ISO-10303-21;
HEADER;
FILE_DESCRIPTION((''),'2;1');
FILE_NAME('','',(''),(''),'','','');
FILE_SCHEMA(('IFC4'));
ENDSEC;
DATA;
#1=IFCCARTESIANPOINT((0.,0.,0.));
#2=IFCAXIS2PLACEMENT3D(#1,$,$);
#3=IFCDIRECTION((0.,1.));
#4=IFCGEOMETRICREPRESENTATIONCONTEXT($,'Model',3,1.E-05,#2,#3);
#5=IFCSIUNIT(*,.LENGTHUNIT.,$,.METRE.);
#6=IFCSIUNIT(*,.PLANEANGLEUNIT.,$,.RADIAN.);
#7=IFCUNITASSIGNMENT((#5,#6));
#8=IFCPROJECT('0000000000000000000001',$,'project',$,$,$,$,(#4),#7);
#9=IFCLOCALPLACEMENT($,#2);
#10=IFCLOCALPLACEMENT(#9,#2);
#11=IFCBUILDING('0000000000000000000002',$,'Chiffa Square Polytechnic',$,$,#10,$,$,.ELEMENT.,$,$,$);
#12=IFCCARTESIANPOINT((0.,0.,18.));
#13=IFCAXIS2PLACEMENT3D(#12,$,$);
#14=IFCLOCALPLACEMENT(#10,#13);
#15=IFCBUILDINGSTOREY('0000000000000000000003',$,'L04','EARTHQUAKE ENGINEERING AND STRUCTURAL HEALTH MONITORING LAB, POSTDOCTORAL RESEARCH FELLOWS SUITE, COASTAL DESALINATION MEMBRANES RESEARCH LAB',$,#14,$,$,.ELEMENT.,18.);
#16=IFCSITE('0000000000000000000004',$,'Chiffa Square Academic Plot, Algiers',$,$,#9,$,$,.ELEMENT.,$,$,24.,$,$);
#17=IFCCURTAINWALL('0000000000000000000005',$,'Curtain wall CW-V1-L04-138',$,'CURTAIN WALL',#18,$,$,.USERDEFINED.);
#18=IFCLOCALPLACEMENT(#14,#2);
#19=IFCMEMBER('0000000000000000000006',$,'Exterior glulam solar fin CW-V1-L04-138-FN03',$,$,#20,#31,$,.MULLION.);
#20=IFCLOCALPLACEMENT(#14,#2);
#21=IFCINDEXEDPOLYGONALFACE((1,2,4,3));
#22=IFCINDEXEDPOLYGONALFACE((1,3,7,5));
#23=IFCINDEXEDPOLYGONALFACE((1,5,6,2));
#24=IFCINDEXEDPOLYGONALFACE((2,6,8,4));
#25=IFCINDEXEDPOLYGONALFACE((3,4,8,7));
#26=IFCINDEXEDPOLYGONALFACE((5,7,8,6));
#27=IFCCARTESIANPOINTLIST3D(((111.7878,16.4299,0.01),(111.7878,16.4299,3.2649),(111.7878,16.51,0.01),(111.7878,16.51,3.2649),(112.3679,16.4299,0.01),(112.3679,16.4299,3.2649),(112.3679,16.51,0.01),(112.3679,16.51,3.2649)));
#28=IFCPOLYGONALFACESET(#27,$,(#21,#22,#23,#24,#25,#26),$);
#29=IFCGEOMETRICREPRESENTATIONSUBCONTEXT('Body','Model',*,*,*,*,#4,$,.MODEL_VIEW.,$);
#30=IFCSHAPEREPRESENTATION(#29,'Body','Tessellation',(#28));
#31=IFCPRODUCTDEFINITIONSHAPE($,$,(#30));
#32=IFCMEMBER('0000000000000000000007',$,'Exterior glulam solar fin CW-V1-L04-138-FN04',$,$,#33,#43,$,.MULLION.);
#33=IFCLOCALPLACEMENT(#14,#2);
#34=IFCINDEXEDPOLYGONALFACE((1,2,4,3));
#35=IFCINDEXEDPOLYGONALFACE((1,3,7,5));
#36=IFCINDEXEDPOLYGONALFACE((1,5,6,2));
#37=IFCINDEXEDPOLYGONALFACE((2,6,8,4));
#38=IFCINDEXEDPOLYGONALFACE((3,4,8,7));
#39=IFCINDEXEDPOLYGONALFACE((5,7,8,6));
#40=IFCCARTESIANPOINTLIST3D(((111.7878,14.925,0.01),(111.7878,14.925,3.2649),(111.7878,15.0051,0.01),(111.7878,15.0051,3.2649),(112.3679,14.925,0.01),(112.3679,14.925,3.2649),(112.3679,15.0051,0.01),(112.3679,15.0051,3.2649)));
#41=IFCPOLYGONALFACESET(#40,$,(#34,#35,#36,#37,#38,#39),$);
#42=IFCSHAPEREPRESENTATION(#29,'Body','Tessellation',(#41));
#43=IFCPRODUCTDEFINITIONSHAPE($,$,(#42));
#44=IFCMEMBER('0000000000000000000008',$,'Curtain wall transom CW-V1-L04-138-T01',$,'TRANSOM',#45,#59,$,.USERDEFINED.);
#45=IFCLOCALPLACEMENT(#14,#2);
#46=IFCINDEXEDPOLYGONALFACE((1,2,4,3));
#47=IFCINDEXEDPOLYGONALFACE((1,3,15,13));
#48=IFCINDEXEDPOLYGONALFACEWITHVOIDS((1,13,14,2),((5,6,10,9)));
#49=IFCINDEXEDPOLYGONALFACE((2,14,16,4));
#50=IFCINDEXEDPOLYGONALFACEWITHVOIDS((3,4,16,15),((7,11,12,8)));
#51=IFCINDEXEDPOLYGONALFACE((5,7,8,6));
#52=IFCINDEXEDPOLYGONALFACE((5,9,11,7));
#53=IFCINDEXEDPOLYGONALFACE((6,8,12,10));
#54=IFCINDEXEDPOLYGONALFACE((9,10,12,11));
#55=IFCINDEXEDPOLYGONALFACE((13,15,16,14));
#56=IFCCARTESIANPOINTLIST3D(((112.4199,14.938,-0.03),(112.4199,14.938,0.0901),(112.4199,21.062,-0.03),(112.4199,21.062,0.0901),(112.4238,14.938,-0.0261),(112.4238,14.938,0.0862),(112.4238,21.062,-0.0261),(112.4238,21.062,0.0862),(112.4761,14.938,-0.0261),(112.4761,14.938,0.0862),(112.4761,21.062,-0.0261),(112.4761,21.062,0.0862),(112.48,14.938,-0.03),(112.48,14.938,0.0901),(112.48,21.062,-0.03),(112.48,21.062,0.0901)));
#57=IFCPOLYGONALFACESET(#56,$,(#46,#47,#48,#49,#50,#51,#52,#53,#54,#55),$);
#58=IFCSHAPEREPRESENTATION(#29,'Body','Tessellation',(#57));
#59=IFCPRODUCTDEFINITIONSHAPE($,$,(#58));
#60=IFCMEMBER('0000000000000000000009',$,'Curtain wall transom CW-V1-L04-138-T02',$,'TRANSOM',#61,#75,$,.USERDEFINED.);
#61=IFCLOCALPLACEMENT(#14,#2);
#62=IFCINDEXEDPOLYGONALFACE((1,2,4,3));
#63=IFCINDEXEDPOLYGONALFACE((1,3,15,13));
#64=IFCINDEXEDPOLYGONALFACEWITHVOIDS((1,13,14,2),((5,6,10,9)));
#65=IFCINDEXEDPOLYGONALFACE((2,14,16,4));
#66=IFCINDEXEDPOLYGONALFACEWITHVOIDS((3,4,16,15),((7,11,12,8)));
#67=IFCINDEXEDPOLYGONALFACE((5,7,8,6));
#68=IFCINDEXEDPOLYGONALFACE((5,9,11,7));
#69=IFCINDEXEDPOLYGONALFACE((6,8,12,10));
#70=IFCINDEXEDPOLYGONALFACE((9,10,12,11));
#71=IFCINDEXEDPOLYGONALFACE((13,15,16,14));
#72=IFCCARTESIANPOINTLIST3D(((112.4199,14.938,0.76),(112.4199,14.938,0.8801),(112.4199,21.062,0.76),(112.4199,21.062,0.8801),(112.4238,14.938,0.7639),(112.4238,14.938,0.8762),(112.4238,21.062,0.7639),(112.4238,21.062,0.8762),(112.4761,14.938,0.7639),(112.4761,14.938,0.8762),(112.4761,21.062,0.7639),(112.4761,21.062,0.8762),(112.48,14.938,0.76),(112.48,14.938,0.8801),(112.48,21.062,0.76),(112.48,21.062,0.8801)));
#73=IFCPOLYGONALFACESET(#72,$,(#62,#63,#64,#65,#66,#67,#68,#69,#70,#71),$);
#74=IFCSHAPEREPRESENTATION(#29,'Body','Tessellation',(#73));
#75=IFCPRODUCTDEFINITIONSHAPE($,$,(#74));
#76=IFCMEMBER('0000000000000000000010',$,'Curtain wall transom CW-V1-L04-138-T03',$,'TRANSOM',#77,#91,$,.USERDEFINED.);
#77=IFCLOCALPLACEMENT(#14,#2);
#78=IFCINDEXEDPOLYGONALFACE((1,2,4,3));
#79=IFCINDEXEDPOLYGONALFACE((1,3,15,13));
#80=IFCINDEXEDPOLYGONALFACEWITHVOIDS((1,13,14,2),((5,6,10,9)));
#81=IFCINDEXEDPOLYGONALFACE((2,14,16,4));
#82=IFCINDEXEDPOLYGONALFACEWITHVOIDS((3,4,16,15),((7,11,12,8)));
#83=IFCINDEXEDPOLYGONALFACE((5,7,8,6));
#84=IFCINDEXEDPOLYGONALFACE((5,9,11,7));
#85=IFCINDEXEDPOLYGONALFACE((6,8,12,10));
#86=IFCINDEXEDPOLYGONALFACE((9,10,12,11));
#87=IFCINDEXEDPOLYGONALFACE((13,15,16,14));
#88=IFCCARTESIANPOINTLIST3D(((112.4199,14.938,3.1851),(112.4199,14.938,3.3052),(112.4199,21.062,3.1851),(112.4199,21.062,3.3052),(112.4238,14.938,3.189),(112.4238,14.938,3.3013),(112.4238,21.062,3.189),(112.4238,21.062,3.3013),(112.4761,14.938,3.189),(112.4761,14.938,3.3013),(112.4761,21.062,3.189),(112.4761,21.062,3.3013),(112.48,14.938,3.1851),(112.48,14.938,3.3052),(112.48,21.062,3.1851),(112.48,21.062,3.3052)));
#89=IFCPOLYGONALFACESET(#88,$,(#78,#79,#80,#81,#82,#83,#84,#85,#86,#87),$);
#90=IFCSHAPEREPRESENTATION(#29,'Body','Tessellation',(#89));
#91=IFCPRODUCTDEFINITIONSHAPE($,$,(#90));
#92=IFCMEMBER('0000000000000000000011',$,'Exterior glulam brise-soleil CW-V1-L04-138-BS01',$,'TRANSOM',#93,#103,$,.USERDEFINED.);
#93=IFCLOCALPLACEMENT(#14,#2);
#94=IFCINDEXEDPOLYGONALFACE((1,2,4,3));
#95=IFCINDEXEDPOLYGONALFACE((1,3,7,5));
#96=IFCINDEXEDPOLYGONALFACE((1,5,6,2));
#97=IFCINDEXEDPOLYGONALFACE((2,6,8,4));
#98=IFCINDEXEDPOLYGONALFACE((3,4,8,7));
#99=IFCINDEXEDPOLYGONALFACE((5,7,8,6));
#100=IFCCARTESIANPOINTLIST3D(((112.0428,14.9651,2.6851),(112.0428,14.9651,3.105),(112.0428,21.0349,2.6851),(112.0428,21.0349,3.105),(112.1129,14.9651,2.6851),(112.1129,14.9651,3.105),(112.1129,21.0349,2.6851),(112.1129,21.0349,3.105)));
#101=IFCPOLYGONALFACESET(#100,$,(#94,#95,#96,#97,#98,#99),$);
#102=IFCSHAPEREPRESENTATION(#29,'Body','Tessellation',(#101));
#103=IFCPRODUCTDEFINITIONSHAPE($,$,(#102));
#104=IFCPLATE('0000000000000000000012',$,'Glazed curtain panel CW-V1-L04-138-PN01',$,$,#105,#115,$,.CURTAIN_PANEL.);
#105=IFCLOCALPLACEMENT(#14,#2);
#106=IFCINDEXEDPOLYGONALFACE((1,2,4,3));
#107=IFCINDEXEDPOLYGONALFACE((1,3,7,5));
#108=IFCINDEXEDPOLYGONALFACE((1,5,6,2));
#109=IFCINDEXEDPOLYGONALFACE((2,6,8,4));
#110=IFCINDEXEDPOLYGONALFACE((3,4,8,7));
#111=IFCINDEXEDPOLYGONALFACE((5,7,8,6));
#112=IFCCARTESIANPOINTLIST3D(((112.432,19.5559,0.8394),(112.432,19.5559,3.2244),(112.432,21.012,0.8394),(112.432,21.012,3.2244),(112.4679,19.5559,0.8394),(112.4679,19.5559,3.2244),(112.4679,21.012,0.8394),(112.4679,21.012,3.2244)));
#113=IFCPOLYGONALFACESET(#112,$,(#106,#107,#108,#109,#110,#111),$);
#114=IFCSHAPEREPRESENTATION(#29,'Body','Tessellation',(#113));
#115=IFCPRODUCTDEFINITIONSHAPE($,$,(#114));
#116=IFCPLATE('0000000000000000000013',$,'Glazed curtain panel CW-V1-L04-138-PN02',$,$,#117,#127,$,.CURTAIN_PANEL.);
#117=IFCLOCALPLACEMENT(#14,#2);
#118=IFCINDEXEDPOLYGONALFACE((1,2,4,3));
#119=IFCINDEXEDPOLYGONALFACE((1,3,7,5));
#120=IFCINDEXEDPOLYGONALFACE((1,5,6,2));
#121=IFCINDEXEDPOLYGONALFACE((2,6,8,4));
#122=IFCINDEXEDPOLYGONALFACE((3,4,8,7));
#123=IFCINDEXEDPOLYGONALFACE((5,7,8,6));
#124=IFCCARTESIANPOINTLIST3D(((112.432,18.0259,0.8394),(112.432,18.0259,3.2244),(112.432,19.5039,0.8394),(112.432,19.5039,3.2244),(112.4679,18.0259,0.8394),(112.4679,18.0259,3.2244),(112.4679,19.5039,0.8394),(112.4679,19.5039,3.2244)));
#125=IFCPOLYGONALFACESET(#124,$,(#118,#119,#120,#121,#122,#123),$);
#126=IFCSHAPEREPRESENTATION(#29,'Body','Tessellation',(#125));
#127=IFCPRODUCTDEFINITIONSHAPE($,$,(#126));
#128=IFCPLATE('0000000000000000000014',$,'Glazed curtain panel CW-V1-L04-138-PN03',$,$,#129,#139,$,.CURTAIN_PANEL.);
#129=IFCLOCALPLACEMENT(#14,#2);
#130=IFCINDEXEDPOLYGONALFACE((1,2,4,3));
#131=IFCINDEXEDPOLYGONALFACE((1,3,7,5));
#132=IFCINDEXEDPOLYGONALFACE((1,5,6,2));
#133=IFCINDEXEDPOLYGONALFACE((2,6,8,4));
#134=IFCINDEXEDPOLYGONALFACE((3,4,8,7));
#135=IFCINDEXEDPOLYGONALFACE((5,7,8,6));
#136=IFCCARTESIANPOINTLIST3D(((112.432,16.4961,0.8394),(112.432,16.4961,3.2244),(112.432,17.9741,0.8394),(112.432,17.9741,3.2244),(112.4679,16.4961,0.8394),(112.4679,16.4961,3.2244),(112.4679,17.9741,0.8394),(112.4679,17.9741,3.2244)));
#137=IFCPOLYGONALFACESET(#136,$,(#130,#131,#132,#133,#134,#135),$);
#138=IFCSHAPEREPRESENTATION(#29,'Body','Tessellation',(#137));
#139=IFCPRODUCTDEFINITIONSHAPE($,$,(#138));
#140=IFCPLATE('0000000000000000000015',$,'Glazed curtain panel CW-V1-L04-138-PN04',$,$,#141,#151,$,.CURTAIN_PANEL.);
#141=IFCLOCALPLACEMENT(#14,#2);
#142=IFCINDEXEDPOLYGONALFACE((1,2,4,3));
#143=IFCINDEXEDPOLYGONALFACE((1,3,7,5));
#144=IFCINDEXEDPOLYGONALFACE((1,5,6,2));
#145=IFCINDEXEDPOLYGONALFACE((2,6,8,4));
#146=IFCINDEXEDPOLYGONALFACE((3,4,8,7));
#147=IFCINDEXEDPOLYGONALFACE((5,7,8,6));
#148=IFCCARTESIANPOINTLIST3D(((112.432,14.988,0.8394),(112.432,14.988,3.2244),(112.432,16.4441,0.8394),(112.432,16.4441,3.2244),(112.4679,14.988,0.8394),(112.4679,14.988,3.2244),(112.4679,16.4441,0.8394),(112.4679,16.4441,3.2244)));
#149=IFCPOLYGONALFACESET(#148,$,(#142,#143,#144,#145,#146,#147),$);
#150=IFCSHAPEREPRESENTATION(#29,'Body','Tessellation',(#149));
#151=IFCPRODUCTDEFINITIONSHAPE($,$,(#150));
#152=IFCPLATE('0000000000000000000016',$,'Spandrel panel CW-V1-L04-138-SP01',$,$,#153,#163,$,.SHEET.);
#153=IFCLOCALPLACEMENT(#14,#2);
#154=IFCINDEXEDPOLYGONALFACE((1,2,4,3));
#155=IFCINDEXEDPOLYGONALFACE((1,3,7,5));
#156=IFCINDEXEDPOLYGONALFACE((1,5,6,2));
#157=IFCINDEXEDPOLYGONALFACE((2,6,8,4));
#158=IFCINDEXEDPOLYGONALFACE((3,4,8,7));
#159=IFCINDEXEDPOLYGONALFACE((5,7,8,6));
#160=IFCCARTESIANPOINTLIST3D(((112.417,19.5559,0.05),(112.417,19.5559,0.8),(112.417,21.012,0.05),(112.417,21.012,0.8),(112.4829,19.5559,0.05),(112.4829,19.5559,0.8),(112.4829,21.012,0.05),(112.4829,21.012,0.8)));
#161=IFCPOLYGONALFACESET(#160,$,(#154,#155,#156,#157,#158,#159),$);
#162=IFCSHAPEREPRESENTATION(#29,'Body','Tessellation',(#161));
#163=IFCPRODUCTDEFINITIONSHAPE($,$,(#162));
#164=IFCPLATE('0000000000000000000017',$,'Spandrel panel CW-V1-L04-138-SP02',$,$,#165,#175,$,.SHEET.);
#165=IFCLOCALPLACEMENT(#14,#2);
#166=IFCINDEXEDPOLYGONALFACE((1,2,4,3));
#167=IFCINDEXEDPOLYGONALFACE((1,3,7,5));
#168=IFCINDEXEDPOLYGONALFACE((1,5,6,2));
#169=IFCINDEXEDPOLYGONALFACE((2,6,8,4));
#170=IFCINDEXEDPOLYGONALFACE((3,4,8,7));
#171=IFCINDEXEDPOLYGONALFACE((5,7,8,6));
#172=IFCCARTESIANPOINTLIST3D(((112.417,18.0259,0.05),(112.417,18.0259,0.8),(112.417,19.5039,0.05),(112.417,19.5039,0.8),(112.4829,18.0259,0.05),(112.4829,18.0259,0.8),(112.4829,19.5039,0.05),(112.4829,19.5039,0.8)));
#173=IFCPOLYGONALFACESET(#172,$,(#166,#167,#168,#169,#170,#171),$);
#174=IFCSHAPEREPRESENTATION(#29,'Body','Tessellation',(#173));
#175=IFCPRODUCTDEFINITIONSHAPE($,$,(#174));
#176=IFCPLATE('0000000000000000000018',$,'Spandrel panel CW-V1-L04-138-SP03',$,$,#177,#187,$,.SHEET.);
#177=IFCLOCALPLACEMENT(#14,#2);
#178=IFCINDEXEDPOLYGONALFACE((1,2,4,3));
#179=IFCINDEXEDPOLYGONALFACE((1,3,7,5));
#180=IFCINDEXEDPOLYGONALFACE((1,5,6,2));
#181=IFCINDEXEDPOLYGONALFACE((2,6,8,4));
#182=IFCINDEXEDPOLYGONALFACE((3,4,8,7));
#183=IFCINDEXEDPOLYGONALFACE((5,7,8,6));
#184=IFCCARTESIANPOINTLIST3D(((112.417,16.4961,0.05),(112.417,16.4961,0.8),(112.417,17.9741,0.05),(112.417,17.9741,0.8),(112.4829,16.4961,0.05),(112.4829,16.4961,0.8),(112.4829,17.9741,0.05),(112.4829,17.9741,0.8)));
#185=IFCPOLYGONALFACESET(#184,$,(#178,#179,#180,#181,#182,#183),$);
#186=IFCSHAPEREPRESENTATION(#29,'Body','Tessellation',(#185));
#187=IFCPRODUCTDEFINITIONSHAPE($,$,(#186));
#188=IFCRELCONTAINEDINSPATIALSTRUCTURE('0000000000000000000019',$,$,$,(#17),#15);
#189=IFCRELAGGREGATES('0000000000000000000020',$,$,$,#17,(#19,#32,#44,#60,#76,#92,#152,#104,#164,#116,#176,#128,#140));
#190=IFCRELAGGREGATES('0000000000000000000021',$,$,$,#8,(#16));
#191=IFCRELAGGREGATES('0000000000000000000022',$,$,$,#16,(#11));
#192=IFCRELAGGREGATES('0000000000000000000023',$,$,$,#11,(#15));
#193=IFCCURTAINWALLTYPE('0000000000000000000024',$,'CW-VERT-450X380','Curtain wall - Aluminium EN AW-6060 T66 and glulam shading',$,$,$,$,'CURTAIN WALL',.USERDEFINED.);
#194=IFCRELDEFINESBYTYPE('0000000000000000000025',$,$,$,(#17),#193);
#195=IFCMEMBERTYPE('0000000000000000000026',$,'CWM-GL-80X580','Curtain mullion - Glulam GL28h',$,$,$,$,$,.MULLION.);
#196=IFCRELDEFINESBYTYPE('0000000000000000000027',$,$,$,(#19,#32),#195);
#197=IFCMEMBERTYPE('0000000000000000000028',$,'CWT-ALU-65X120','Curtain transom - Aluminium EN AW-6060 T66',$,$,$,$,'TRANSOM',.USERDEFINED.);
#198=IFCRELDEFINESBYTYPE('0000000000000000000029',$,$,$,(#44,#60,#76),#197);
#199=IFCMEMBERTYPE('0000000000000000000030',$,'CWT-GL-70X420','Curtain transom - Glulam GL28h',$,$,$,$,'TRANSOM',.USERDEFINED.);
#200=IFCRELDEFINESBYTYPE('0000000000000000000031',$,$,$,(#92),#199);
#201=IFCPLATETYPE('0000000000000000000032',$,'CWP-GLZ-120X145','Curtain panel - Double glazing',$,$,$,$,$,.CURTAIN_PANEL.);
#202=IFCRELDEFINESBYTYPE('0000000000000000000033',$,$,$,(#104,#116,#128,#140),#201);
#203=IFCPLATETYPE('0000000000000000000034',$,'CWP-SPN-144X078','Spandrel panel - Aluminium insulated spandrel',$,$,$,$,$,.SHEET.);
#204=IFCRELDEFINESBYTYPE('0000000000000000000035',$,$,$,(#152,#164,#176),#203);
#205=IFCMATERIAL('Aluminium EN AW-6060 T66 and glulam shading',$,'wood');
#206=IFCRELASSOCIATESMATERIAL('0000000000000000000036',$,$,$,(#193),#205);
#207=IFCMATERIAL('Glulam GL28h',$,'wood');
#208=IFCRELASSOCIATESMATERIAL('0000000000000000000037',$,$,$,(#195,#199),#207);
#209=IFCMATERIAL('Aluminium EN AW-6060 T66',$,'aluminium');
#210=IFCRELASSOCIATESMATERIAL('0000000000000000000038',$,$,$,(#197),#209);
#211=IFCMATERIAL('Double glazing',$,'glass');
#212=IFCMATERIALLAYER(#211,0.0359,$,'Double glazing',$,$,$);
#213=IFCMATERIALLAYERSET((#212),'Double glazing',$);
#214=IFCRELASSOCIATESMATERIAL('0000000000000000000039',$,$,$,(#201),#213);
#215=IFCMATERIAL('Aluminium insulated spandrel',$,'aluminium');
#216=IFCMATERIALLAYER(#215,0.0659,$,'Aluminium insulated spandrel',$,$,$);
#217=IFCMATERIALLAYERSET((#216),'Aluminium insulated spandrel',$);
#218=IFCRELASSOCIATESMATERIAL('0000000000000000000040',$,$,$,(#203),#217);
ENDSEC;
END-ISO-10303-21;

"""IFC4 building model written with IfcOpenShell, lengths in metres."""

from ifc_helpers import new_model, si_unit, direction, frame, origin, origin_2d, place, context, subcontext, project, spatial, rectangle, hollow_rectangle, extrude, material, layer, layer_set, material_profile, profile_set, type_object, element, aggregate, save


model = new_model("IFC4")

# Units and contexts
model_context = context("Model", 3, precision=1e-05, world=origin(), true_north=direction((0.0, 1.0)))
body_context = subcontext(model_context, "Body", "Model", "MODEL_VIEW")
ifc_project = project(units=[si_unit("LENGTHUNIT", "METRE"), si_unit("PLANEANGLEUNIT", "RADIAN")], contexts=[model_context])

# Site, building, storey
site_placement = place(None, origin())
site = spatial("IfcSite", under=ifc_project, at=site_placement, Name="Chiffa Square Academic Plot, Algiers", CompositionType="ELEMENT", RefElevation=24.0)
building_placement = place(site_placement, origin())
building = spatial("IfcBuilding", under=site, at=building_placement, Name="Chiffa Square Polytechnic", CompositionType="ELEMENT")
storey_placement = place(building_placement, frame((0.0, 0.0, 18.0)))
storey = spatial("IfcBuildingStorey", under=building, at=storey_placement, Name="L04", Description="EARTHQUAKE ENGINEERING AND STRUCTURAL HEALTH MONITORING LAB, POSTDOCTORAL RESEARCH FELLOWS SUITE, COASTAL DESALINATION MEMBRANES RESEARCH LAB", CompositionType="ELEMENT", Elevation=18.0)

# Curtain wall, members, plates
ifc_material_1 = material(Name="Aluminium EN AW-6060 T66 and glulam shading", Category="wood")
curtain_wall_type = type_object("IfcCurtainWallType", Name="CW-VERT-450X380", Description="Curtain wall - Aluminium EN AW-6060 T66 and glulam shading", ElementType="CURTAIN WALL", PredefinedType="USERDEFINED", material=ifc_material_1)
curtain_wall_placement = place(storey_placement, origin())
curtain_wall = element("IfcCurtainWall", 1, at=curtain_wall_placement, inside=storey, type_object=curtain_wall_type, Name="Curtain wall CW-V1-L04-138", ObjectType="CURTAIN WALL", PredefinedType="USERDEFINED")
ifc_material_2 = material(Name="Aluminium EN AW-6060 T66", Category="aluminium")
ifc_material_3 = material(Name="Glulam GL28h", Category="wood")
ifc_material_profile_1 = material_profile(ifc_material_3, rectangle(XDim=0.0801, YDim=0.5801, at=origin_2d()), Name="GL28h 80x580")
ifc_profile_set_1 = profile_set([ifc_material_profile_1], Name="Glulam GL28h")
member_type_1 = type_object("IfcMemberType", Name="CWM-GL-80X580", Description="Curtain mullion - Glulam GL28h", PredefinedType="MULLION", material=ifc_profile_set_1)
member_1_placement = place(storey_placement, frame((112.0779, 16.47, 0.01), z_axis=(0.0, 0.0, 1.0), x_axis=(0.0, -1.0, 0.0)))
member_1 = element("IfcMember", 2, at=member_1_placement, type_object=member_type_1, Name="Exterior glulam solar fin CW-V1-L04-138-FN03", PredefinedType="MULLION", context=body_context, shape_type="SweptSolid", body=[
    extrude(rectangle(XDim=0.0801, YDim=0.5801, at=origin_2d()), origin(), (0.0, 0.0, 1.0), 3.2549),
])
member_2_placement = place(storey_placement, frame((112.0779, 14.9651, 0.01), z_axis=(0.0, 0.0, 1.0), x_axis=(0.0, -1.0, 0.0)))
member_2 = element("IfcMember", 3, at=member_2_placement, type_object=member_type_1, Name="Exterior glulam solar fin CW-V1-L04-138-FN04", PredefinedType="MULLION", context=body_context, shape_type="SweptSolid", body=[
    extrude(rectangle(XDim=0.0801, YDim=0.5801, at=origin_2d()), origin(), (0.0, 0.0, 1.0), 3.2549),
])
ifc_material_profile_2 = material_profile(ifc_material_2, hollow_rectangle(XDim=0.0601, YDim=0.1201, WallThickness=0.0039, at=origin_2d()), Name="ALU 60x120x4")
ifc_profile_set_2 = profile_set([ifc_material_profile_2], Name="Aluminium EN AW-6060 T66")
member_type_2 = type_object("IfcMemberType", Name="CWT-ALU-65X120", Description="Curtain transom - Aluminium EN AW-6060 T66", ElementType="TRANSOM", PredefinedType="USERDEFINED", material=ifc_profile_set_2)
member_3_placement = place(storey_placement, frame((112.45, 21.062, 0.03), z_axis=(0.0, -1.0, 0.0), x_axis=(1.0, 0.0, 0.0)))
member_3 = element("IfcMember", 4, at=member_3_placement, type_object=member_type_2, Name="Curtain wall transom CW-V1-L04-138-T01", ObjectType="TRANSOM", PredefinedType="USERDEFINED", context=body_context, shape_type="SweptSolid", body=[
    extrude(hollow_rectangle(XDim=0.0601, YDim=0.1201, WallThickness=0.0039, at=origin_2d()), origin(), (0.0, 0.0, 1.0), 6.124),
])
member_4_placement = place(storey_placement, frame((112.45, 21.062, 0.8201), z_axis=(0.0, -1.0, 0.0), x_axis=(1.0, 0.0, 0.0)))
member_4 = element("IfcMember", 5, at=member_4_placement, type_object=member_type_2, Name="Curtain wall transom CW-V1-L04-138-T02", ObjectType="TRANSOM", PredefinedType="USERDEFINED", context=body_context, shape_type="SweptSolid", body=[
    extrude(hollow_rectangle(XDim=0.0601, YDim=0.1201, WallThickness=0.0039, at=origin_2d()), origin(), (0.0, 0.0, 1.0), 6.124),
])
member_5_placement = place(storey_placement, frame((112.45, 21.062, 3.2451), z_axis=(0.0, -1.0, 0.0), x_axis=(1.0, 0.0, 0.0)))
member_5 = element("IfcMember", 6, at=member_5_placement, type_object=member_type_2, Name="Curtain wall transom CW-V1-L04-138-T03", ObjectType="TRANSOM", PredefinedType="USERDEFINED", context=body_context, shape_type="SweptSolid", body=[
    extrude(hollow_rectangle(XDim=0.0601, YDim=0.1201, WallThickness=0.0039, at=origin_2d()), origin(), (0.0, 0.0, 1.0), 6.124),
])
ifc_material_profile_3 = material_profile(ifc_material_3, rectangle(XDim=0.0701, YDim=0.4199, at=origin_2d()), Name="GL28h 70x420")
ifc_profile_set_3 = profile_set([ifc_material_profile_3], Name="Glulam GL28h")
member_type_3 = type_object("IfcMemberType", Name="CWT-GL-70X420", Description="Curtain transom - Glulam GL28h", ElementType="TRANSOM", PredefinedType="USERDEFINED", material=ifc_profile_set_3)
member_6_placement = place(storey_placement, frame((112.0779, 21.0349, 2.895), z_axis=(0.0, -1.0, 0.0), x_axis=(1.0, 0.0, 0.0)))
member_6 = element("IfcMember", 7, at=member_6_placement, type_object=member_type_3, Name="Exterior glulam brise-soleil CW-V1-L04-138-BS01", ObjectType="TRANSOM", PredefinedType="USERDEFINED", context=body_context, shape_type="SweptSolid", body=[
    extrude(rectangle(XDim=0.0701, YDim=0.4199, at=origin_2d()), origin(), (0.0, 0.0, 1.0), 6.0698),
])
ifc_material_4 = material(Name="Double glazing", Category="glass")
ifc_layer_1 = layer(ifc_material_4, 0.0359, Name="Double glazing")
ifc_layer_set_1 = layer_set([ifc_layer_1], Name="Double glazing")
plate_type_1 = type_object("IfcPlateType", Name="CWP-GLZ-120X145", Description="Curtain panel - Double glazing", PredefinedType="CURTAIN_PANEL", material=ifc_layer_set_1)
plate_1_placement = place(storey_placement, frame((112.45, 20.2839, 0.8394), z_axis=(0.0, 0.0, 1.0), x_axis=(0.0, -1.0, 0.0)))
plate_1 = element("IfcPlate", 8, at=plate_1_placement, type_object=plate_type_1, Name="Glazed curtain panel CW-V1-L04-138-PN01", PredefinedType="CURTAIN_PANEL", context=body_context, shape_type="SweptSolid", body=[
    extrude(rectangle(XDim=1.4561, YDim=0.0359, at=origin_2d()), origin(), (0.0, 0.0, 1.0), 2.385),
])
plate_2_placement = place(storey_placement, frame((112.45, 18.7649, 0.8394), z_axis=(0.0, 0.0, 1.0), x_axis=(0.0, -1.0, 0.0)))
plate_2 = element("IfcPlate", 9, at=plate_2_placement, type_object=plate_type_1, Name="Glazed curtain panel CW-V1-L04-138-PN02", PredefinedType="CURTAIN_PANEL", context=body_context, shape_type="SweptSolid", body=[
    extrude(rectangle(XDim=1.478, YDim=0.0359, at=origin_2d()), origin(), (0.0, 0.0, 1.0), 2.385),
])
plate_3_placement = place(storey_placement, frame((112.45, 17.2351, 0.8394), z_axis=(0.0, 0.0, 1.0), x_axis=(0.0, -1.0, 0.0)))
plate_3 = element("IfcPlate", 10, at=plate_3_placement, type_object=plate_type_1, Name="Glazed curtain panel CW-V1-L04-138-PN03", PredefinedType="CURTAIN_PANEL", context=body_context, shape_type="SweptSolid", body=[
    extrude(rectangle(XDim=1.478, YDim=0.0359, at=origin_2d()), origin(), (0.0, 0.0, 1.0), 2.385),
])
plate_4_placement = place(storey_placement, frame((112.45, 15.7161, 0.8394), z_axis=(0.0, 0.0, 1.0), x_axis=(0.0, -1.0, 0.0)))
plate_4 = element("IfcPlate", 11, at=plate_4_placement, type_object=plate_type_1, Name="Glazed curtain panel CW-V1-L04-138-PN04", PredefinedType="CURTAIN_PANEL", context=body_context, shape_type="SweptSolid", body=[
    extrude(rectangle(XDim=1.4561, YDim=0.0359, at=origin_2d()), origin(), (0.0, 0.0, 1.0), 2.385),
])
ifc_material_5 = material(Name="Aluminium insulated spandrel", Category="aluminium")
ifc_layer_2 = layer(ifc_material_5, 0.0659, Name="Aluminium insulated spandrel")
ifc_layer_set_2 = layer_set([ifc_layer_2], Name="Aluminium insulated spandrel")
plate_type_2 = type_object("IfcPlateType", Name="CWP-SPN-144X078", Description="Spandrel panel - Aluminium insulated spandrel", PredefinedType="SHEET", material=ifc_layer_set_2)
plate_5_placement = place(storey_placement, frame((112.45, 20.2839, 0.05), z_axis=(0.0, 0.0, 1.0), x_axis=(0.0, -1.0, 0.0)))
plate_5 = element("IfcPlate", 12, at=plate_5_placement, type_object=plate_type_2, Name="Spandrel panel CW-V1-L04-138-SP01", PredefinedType="SHEET", context=body_context, shape_type="SweptSolid", body=[
    extrude(rectangle(XDim=1.4561, YDim=0.0659, at=origin_2d()), origin(), (0.0, 0.0, 1.0), 0.75),
])
plate_6_placement = place(storey_placement, frame((112.45, 18.7649, 0.05), z_axis=(0.0, 0.0, 1.0), x_axis=(0.0, -1.0, 0.0)))
plate_6 = element("IfcPlate", 13, at=plate_6_placement, type_object=plate_type_2, Name="Spandrel panel CW-V1-L04-138-SP02", PredefinedType="SHEET", context=body_context, shape_type="SweptSolid", body=[
    extrude(rectangle(XDim=1.478, YDim=0.0659, at=origin_2d()), origin(), (0.0, 0.0, 1.0), 0.75),
])
plate_7_placement = place(storey_placement, frame((112.45, 17.2351, 0.05), z_axis=(0.0, 0.0, 1.0), x_axis=(0.0, -1.0, 0.0)))
plate_7 = element("IfcPlate", 14, at=plate_7_placement, type_object=plate_type_2, Name="Spandrel panel CW-V1-L04-138-SP03", PredefinedType="SHEET", context=body_context, shape_type="SweptSolid", body=[
    extrude(rectangle(XDim=1.478, YDim=0.0659, at=origin_2d()), origin(), (0.0, 0.0, 1.0), 0.75),
])
aggregate(curtain_wall, [member_1, member_2, member_3, member_4, member_5, member_6, plate_5, plate_1, plate_6, plate_2, plate_7, plate_3, plate_4])

save(model, "model.ifc")
